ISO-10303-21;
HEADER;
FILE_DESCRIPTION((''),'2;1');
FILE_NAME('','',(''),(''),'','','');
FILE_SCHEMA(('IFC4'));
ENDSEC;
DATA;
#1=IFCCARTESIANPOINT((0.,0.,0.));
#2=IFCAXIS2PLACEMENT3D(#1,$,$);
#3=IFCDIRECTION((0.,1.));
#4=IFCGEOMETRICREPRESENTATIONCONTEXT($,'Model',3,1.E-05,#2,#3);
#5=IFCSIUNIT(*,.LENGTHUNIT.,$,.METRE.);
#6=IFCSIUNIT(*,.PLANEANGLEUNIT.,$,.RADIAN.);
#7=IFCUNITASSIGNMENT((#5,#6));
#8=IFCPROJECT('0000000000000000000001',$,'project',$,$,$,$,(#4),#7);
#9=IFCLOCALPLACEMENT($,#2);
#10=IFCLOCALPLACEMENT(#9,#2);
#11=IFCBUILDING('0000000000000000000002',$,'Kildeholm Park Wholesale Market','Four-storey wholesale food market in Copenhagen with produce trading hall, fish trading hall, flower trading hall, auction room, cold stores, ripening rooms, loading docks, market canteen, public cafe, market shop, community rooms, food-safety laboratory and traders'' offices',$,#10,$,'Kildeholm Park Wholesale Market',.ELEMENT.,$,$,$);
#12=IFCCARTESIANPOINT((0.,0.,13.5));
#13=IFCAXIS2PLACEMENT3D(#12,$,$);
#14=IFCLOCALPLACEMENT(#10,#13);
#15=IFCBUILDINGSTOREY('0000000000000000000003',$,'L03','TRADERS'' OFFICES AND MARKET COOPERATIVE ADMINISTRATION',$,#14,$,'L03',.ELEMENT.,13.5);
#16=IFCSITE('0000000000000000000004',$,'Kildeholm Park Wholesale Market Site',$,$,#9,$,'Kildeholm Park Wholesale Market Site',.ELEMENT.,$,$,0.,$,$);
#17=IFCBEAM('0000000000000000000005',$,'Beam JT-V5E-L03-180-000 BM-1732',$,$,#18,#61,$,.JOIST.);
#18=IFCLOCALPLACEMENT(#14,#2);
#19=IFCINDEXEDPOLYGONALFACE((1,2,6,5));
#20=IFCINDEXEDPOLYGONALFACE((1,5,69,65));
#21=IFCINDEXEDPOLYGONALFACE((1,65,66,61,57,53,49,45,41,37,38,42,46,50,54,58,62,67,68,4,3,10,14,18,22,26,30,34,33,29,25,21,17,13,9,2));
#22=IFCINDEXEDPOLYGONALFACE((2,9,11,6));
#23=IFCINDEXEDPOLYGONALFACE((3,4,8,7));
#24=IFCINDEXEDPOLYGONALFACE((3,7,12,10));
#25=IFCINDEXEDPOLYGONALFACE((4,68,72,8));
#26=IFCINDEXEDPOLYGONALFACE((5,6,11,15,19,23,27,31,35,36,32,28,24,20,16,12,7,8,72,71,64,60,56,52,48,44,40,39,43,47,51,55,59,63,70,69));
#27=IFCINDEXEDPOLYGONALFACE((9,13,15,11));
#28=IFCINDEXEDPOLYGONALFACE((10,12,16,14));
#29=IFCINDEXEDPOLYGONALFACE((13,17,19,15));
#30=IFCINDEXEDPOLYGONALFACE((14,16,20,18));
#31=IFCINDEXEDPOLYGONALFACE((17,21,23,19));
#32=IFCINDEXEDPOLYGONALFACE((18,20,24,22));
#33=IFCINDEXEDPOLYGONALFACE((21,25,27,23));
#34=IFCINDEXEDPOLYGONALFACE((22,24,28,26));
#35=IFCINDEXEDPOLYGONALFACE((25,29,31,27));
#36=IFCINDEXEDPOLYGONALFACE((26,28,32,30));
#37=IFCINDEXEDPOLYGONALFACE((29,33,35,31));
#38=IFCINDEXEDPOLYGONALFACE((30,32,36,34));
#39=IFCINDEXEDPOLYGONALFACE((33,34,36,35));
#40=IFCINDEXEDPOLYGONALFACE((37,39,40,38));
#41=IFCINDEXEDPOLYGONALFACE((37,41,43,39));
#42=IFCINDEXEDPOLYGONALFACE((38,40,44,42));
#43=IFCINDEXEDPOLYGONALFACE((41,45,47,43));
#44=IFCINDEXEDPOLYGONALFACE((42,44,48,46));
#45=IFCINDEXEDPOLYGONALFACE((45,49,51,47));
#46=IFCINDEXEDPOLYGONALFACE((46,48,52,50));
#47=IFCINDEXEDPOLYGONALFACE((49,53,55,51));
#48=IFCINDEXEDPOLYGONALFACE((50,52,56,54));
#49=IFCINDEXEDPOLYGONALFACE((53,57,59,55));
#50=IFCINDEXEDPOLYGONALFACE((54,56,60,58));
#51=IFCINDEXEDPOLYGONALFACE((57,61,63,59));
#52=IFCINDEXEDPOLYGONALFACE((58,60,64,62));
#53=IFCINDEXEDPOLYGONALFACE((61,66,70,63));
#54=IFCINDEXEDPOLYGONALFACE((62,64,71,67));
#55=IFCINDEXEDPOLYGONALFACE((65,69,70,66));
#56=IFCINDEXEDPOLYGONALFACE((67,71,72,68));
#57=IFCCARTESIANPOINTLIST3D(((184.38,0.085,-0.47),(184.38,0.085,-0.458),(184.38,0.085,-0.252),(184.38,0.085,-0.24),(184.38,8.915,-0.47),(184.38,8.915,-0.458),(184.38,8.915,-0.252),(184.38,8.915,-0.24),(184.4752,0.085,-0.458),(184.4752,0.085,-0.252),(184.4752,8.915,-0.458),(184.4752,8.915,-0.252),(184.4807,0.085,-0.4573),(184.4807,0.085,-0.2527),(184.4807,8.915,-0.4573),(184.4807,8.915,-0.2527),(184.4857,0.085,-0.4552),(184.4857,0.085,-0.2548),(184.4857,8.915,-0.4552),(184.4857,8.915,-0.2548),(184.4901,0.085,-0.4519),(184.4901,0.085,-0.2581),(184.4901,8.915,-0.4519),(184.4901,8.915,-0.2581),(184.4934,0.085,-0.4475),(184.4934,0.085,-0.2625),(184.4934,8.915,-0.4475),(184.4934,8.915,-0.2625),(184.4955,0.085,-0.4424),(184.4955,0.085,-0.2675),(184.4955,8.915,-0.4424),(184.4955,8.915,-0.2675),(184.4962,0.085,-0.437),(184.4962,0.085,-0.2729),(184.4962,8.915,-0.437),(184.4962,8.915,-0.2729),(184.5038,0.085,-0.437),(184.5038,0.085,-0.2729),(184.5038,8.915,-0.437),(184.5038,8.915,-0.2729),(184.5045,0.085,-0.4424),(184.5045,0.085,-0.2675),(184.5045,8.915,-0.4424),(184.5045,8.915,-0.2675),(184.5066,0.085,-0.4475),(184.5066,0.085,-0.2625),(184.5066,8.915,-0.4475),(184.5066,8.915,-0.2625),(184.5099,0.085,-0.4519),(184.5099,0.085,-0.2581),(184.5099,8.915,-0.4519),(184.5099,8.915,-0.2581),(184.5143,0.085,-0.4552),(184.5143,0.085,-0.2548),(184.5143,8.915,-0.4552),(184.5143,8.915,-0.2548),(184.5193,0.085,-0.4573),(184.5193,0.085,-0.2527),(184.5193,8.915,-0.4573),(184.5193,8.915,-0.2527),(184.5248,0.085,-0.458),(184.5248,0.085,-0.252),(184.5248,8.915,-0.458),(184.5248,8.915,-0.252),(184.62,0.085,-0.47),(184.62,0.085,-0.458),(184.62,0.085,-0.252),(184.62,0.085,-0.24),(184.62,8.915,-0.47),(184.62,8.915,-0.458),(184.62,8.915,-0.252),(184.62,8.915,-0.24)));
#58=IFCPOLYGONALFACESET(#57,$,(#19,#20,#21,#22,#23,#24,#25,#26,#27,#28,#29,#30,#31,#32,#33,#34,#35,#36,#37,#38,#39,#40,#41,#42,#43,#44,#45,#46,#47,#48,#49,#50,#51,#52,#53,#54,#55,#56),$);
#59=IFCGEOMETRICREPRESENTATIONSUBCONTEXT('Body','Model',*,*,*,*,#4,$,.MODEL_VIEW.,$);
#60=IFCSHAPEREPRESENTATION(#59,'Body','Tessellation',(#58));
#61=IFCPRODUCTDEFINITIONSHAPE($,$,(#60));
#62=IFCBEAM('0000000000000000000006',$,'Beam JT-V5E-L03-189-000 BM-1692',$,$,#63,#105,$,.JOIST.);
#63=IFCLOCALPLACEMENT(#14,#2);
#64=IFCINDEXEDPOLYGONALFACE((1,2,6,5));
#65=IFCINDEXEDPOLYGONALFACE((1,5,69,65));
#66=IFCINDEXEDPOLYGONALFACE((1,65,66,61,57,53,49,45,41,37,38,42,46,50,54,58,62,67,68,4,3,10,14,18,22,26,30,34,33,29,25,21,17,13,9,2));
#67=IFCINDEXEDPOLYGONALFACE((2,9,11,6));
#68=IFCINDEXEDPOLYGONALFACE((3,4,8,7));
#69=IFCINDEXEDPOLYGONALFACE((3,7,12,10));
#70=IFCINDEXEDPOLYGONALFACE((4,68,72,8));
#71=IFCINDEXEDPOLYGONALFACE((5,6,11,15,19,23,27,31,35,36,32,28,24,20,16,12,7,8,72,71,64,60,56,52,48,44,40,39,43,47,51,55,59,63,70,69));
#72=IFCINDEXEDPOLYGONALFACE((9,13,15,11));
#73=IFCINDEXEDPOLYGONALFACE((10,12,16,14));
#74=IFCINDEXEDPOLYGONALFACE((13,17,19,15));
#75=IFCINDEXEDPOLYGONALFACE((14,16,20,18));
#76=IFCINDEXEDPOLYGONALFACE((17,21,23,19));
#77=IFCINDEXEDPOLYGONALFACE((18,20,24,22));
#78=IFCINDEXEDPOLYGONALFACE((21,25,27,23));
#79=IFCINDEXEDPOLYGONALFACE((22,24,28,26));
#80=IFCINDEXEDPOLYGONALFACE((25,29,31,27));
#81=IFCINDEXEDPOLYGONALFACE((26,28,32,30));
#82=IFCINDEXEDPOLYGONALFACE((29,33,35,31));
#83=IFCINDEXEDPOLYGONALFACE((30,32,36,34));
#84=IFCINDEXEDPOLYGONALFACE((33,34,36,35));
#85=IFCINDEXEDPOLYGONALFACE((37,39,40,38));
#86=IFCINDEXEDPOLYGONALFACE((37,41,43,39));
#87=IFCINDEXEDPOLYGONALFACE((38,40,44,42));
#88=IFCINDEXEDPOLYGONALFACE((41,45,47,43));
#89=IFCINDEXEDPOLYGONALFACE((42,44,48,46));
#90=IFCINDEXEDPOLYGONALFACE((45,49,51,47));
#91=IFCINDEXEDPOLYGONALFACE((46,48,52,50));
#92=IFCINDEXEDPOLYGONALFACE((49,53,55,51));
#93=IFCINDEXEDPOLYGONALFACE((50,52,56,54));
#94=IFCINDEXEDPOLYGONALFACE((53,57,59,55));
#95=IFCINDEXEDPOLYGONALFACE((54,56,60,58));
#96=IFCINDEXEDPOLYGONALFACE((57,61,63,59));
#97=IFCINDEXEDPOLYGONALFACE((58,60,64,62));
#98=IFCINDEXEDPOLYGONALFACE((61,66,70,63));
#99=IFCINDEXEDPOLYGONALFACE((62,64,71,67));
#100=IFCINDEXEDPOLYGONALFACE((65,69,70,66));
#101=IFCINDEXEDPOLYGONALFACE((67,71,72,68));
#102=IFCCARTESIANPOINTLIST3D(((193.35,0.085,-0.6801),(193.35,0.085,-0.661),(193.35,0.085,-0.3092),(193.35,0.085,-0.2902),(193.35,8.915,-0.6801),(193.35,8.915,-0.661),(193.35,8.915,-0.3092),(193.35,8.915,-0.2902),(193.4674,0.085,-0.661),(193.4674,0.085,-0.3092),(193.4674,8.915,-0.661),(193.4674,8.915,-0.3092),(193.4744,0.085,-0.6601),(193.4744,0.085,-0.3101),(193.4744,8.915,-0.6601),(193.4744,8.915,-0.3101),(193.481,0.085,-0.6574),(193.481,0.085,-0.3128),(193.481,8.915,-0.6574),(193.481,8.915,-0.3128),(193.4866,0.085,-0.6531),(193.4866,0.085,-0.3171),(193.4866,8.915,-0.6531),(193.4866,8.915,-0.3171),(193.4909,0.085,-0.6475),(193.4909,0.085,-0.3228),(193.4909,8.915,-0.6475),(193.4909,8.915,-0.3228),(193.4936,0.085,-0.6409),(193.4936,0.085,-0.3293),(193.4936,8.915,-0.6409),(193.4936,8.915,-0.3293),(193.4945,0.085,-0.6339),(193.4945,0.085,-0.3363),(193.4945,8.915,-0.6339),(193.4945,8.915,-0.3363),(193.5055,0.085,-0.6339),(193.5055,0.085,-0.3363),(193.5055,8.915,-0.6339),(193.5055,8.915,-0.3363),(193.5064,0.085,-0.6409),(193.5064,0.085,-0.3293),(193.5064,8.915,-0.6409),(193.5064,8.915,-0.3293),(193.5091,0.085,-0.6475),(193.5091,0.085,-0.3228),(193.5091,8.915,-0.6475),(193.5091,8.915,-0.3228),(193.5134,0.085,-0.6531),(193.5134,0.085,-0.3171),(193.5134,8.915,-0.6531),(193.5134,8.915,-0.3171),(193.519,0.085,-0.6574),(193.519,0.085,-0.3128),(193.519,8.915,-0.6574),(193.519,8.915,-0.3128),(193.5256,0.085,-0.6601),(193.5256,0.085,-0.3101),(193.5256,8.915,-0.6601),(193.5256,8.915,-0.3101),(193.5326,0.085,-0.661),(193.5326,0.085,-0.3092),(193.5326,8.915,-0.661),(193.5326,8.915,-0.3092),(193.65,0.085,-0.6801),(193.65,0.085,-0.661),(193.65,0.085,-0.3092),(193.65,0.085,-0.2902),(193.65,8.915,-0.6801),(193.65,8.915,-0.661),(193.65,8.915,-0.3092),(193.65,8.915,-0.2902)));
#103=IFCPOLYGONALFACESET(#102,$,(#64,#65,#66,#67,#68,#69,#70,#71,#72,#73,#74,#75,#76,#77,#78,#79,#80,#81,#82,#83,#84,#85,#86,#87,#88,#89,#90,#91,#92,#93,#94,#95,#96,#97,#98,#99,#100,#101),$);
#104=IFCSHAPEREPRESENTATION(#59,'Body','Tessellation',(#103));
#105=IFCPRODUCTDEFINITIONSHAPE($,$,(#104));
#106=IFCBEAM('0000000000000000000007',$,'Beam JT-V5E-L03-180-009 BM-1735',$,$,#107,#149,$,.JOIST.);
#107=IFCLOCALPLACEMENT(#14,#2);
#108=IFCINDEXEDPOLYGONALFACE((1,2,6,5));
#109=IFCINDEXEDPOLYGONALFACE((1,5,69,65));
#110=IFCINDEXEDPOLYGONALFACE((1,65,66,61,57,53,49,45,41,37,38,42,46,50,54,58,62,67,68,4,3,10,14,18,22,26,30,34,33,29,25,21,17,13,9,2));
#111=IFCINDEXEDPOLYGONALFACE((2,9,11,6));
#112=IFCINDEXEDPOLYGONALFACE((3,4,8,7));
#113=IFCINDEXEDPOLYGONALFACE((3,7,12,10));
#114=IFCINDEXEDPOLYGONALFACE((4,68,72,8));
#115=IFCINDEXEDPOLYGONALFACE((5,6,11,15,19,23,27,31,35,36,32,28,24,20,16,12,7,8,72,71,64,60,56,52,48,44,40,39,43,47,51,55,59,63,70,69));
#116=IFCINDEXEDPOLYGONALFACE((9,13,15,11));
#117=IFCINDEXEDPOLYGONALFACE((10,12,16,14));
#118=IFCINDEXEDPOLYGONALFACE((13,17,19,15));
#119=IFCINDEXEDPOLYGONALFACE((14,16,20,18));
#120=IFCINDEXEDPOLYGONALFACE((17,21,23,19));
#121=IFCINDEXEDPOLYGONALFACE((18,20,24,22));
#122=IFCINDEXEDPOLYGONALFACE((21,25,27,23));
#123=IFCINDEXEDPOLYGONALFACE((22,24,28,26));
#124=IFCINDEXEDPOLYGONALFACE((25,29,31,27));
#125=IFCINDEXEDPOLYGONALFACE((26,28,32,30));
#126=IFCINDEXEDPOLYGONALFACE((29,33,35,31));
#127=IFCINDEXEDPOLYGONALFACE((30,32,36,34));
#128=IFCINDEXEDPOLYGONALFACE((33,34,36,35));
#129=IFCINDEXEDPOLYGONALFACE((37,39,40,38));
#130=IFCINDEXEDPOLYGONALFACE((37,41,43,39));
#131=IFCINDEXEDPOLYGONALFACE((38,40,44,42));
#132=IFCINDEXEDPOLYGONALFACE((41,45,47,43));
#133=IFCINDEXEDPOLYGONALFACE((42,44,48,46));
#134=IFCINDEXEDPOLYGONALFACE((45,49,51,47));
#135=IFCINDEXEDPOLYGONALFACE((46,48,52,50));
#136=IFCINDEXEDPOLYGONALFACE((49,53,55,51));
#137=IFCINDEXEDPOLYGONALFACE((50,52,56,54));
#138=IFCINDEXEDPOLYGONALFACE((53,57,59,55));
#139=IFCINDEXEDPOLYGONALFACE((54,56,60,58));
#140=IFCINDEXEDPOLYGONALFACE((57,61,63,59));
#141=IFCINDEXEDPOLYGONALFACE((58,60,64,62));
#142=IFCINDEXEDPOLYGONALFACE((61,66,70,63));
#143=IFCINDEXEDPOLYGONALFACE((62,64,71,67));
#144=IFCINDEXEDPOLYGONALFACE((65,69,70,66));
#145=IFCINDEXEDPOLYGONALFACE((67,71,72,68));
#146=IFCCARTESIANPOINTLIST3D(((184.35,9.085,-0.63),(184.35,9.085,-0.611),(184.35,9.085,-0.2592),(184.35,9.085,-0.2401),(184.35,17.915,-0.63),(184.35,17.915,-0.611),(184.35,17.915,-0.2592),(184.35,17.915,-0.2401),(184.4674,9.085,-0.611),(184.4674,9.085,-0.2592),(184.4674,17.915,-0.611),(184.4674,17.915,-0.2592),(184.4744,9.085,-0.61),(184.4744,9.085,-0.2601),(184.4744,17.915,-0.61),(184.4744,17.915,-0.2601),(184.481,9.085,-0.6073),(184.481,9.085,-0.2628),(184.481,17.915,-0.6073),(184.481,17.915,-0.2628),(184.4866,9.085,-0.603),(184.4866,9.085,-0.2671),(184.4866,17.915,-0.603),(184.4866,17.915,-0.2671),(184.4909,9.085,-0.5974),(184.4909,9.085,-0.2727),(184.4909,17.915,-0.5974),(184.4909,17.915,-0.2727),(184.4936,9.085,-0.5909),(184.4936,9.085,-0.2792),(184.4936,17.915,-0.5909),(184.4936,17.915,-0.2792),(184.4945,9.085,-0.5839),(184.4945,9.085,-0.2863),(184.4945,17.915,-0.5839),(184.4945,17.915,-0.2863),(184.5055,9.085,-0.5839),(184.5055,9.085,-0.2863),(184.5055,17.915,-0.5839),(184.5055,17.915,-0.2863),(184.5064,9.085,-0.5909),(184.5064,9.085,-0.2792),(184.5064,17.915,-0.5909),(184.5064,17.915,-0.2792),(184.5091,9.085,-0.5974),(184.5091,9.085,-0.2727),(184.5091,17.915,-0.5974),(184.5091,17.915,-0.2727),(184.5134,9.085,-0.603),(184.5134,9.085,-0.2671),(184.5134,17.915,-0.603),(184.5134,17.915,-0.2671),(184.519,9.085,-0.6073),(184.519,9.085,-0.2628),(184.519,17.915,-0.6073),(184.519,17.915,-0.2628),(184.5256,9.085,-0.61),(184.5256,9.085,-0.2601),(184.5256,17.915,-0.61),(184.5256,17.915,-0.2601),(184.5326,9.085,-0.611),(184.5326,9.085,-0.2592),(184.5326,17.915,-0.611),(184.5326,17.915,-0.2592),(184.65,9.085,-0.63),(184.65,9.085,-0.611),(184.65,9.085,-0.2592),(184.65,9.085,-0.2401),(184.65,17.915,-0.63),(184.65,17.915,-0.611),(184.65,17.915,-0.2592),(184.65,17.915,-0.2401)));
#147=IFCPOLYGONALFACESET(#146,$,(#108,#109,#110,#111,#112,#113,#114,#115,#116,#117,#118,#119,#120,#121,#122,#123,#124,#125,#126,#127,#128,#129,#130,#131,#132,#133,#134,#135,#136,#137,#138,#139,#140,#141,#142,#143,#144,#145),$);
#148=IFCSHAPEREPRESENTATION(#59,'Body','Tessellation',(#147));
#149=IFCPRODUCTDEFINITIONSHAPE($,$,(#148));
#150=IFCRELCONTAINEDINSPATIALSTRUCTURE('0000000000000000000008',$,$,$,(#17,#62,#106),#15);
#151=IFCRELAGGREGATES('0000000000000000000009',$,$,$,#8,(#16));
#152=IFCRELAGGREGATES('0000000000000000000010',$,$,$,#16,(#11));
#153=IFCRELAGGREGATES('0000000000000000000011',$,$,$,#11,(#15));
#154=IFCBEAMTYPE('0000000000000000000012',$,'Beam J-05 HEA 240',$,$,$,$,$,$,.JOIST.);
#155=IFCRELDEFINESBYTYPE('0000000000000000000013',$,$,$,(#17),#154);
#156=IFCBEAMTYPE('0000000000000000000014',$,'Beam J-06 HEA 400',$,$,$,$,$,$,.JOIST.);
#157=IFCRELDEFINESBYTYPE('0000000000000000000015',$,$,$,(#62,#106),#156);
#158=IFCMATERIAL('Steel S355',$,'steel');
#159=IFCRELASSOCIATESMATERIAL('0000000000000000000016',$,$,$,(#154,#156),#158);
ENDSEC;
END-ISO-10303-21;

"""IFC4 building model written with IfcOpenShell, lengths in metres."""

from ifc_helpers import new_model, si_unit, direction, frame, origin, origin_2d, place, context, subcontext, project, spatial, i_section, extrude, material, material_profile, profile_set, type_object, element, save


model = new_model("IFC4")

# Units and contexts
model_context = context("Model", 3, precision=1e-05, world=origin(), true_north=direction((0.0, 1.0)))
body_context = subcontext(model_context, "Body", "Model", "MODEL_VIEW")
ifc_project = project(units=[si_unit("LENGTHUNIT", "METRE"), si_unit("PLANEANGLEUNIT", "RADIAN")], contexts=[model_context])

# Site, building, storey
site_placement = place(None, origin())
site = spatial("IfcSite", under=ifc_project, at=site_placement, Name="Kildeholm Park Wholesale Market Site", LongName="Kildeholm Park Wholesale Market Site", CompositionType="ELEMENT", RefElevation=0.0)
building_placement = place(site_placement, origin())
building = spatial("IfcBuilding", under=site, at=building_placement, Name="Kildeholm Park Wholesale Market", Description="Four-storey wholesale food market in Copenhagen with produce trading hall, fish trading hall, flower trading hall, auction room, cold stores, ripening rooms, loading docks, market canteen, public cafe, market shop, community rooms, food-safety laboratory and traders' offices", LongName="Kildeholm Park Wholesale Market", CompositionType="ELEMENT")
storey_placement = place(building_placement, frame((0.0, 0.0, 13.5)))
storey = spatial("IfcBuildingStorey", under=building, at=storey_placement, Name="L03", Description="TRADERS' OFFICES AND MARKET COOPERATIVE ADMINISTRATION", LongName="L03", CompositionType="ELEMENT", Elevation=13.5)

# Shared definitions
ifc_material_1 = material(Name="Steel S355", Category="steel")

# Beams
ifc_material_profile_1 = material_profile(ifc_material_1, i_section(OverallWidth=0.24, OverallDepth=0.23, WebThickness=0.0076, FlangeThickness=0.012, FilletRadius=0.021, at=origin_2d()), Name="HEA 240")
ifc_profile_set_1 = profile_set([ifc_material_profile_1], Name="Steel S355")
beam_type_1 = type_object("IfcBeamType", Name="Beam J-05 HEA 240", PredefinedType="JOIST", material=ifc_profile_set_1)
for number, where, z_axis, x_axis, name in (
    (1, (184.5, 0.085, -0.355), (0.0, 1.0, 0.0), (-1.0, 0.0, 0.0), "Beam JT-V5E-L03-180-000 BM-1732"),
):
    element("IfcBeam", number, at=place(storey_placement, frame(where, z_axis=z_axis, x_axis=x_axis)), inside=storey, type_object=beam_type_1, Name=name, PredefinedType="JOIST", context=body_context, shape_type="SweptSolid", body=[
        extrude(i_section(OverallWidth=0.24, OverallDepth=0.23, WebThickness=0.0076, FlangeThickness=0.012, FilletRadius=0.021, at=origin_2d()), origin(), (0.0, 0.0, 1.0), 8.8301),
    ])
ifc_material_profile_2 = material_profile(ifc_material_1, i_section(OverallWidth=0.3, OverallDepth=0.3899, WebThickness=0.011, FlangeThickness=0.019, FilletRadius=0.0271, at=origin_2d()), Name="HEA 400")
ifc_profile_set_2 = profile_set([ifc_material_profile_2], Name="Steel S355")
beam_type_2 = type_object("IfcBeamType", Name="Beam J-06 HEA 400", PredefinedType="JOIST", material=ifc_profile_set_2)
for number, where, z_axis, x_axis, name in (
    (2, (193.5, 0.085, -0.4851), (0.0, 1.0, 0.0), (-1.0, 0.0, 0.0), "Beam JT-V5E-L03-189-000 BM-1692"),
    (3, (184.5, 9.085, -0.4351), (0.0, 1.0, 0.0), (-1.0, 0.0, 0.0), "Beam JT-V5E-L03-180-009 BM-1735"),
):
    element("IfcBeam", number, at=place(storey_placement, frame(where, z_axis=z_axis, x_axis=x_axis)), inside=storey, type_object=beam_type_2, Name=name, PredefinedType="JOIST", context=body_context, shape_type="SweptSolid", body=[
        extrude(i_section(OverallWidth=0.3, OverallDepth=0.3899, WebThickness=0.011, FlangeThickness=0.019, FilletRadius=0.0271, at=origin_2d()), origin(), (0.0, 0.0, 1.0), 8.8301),
    ])

save(model, "model.ifc")
